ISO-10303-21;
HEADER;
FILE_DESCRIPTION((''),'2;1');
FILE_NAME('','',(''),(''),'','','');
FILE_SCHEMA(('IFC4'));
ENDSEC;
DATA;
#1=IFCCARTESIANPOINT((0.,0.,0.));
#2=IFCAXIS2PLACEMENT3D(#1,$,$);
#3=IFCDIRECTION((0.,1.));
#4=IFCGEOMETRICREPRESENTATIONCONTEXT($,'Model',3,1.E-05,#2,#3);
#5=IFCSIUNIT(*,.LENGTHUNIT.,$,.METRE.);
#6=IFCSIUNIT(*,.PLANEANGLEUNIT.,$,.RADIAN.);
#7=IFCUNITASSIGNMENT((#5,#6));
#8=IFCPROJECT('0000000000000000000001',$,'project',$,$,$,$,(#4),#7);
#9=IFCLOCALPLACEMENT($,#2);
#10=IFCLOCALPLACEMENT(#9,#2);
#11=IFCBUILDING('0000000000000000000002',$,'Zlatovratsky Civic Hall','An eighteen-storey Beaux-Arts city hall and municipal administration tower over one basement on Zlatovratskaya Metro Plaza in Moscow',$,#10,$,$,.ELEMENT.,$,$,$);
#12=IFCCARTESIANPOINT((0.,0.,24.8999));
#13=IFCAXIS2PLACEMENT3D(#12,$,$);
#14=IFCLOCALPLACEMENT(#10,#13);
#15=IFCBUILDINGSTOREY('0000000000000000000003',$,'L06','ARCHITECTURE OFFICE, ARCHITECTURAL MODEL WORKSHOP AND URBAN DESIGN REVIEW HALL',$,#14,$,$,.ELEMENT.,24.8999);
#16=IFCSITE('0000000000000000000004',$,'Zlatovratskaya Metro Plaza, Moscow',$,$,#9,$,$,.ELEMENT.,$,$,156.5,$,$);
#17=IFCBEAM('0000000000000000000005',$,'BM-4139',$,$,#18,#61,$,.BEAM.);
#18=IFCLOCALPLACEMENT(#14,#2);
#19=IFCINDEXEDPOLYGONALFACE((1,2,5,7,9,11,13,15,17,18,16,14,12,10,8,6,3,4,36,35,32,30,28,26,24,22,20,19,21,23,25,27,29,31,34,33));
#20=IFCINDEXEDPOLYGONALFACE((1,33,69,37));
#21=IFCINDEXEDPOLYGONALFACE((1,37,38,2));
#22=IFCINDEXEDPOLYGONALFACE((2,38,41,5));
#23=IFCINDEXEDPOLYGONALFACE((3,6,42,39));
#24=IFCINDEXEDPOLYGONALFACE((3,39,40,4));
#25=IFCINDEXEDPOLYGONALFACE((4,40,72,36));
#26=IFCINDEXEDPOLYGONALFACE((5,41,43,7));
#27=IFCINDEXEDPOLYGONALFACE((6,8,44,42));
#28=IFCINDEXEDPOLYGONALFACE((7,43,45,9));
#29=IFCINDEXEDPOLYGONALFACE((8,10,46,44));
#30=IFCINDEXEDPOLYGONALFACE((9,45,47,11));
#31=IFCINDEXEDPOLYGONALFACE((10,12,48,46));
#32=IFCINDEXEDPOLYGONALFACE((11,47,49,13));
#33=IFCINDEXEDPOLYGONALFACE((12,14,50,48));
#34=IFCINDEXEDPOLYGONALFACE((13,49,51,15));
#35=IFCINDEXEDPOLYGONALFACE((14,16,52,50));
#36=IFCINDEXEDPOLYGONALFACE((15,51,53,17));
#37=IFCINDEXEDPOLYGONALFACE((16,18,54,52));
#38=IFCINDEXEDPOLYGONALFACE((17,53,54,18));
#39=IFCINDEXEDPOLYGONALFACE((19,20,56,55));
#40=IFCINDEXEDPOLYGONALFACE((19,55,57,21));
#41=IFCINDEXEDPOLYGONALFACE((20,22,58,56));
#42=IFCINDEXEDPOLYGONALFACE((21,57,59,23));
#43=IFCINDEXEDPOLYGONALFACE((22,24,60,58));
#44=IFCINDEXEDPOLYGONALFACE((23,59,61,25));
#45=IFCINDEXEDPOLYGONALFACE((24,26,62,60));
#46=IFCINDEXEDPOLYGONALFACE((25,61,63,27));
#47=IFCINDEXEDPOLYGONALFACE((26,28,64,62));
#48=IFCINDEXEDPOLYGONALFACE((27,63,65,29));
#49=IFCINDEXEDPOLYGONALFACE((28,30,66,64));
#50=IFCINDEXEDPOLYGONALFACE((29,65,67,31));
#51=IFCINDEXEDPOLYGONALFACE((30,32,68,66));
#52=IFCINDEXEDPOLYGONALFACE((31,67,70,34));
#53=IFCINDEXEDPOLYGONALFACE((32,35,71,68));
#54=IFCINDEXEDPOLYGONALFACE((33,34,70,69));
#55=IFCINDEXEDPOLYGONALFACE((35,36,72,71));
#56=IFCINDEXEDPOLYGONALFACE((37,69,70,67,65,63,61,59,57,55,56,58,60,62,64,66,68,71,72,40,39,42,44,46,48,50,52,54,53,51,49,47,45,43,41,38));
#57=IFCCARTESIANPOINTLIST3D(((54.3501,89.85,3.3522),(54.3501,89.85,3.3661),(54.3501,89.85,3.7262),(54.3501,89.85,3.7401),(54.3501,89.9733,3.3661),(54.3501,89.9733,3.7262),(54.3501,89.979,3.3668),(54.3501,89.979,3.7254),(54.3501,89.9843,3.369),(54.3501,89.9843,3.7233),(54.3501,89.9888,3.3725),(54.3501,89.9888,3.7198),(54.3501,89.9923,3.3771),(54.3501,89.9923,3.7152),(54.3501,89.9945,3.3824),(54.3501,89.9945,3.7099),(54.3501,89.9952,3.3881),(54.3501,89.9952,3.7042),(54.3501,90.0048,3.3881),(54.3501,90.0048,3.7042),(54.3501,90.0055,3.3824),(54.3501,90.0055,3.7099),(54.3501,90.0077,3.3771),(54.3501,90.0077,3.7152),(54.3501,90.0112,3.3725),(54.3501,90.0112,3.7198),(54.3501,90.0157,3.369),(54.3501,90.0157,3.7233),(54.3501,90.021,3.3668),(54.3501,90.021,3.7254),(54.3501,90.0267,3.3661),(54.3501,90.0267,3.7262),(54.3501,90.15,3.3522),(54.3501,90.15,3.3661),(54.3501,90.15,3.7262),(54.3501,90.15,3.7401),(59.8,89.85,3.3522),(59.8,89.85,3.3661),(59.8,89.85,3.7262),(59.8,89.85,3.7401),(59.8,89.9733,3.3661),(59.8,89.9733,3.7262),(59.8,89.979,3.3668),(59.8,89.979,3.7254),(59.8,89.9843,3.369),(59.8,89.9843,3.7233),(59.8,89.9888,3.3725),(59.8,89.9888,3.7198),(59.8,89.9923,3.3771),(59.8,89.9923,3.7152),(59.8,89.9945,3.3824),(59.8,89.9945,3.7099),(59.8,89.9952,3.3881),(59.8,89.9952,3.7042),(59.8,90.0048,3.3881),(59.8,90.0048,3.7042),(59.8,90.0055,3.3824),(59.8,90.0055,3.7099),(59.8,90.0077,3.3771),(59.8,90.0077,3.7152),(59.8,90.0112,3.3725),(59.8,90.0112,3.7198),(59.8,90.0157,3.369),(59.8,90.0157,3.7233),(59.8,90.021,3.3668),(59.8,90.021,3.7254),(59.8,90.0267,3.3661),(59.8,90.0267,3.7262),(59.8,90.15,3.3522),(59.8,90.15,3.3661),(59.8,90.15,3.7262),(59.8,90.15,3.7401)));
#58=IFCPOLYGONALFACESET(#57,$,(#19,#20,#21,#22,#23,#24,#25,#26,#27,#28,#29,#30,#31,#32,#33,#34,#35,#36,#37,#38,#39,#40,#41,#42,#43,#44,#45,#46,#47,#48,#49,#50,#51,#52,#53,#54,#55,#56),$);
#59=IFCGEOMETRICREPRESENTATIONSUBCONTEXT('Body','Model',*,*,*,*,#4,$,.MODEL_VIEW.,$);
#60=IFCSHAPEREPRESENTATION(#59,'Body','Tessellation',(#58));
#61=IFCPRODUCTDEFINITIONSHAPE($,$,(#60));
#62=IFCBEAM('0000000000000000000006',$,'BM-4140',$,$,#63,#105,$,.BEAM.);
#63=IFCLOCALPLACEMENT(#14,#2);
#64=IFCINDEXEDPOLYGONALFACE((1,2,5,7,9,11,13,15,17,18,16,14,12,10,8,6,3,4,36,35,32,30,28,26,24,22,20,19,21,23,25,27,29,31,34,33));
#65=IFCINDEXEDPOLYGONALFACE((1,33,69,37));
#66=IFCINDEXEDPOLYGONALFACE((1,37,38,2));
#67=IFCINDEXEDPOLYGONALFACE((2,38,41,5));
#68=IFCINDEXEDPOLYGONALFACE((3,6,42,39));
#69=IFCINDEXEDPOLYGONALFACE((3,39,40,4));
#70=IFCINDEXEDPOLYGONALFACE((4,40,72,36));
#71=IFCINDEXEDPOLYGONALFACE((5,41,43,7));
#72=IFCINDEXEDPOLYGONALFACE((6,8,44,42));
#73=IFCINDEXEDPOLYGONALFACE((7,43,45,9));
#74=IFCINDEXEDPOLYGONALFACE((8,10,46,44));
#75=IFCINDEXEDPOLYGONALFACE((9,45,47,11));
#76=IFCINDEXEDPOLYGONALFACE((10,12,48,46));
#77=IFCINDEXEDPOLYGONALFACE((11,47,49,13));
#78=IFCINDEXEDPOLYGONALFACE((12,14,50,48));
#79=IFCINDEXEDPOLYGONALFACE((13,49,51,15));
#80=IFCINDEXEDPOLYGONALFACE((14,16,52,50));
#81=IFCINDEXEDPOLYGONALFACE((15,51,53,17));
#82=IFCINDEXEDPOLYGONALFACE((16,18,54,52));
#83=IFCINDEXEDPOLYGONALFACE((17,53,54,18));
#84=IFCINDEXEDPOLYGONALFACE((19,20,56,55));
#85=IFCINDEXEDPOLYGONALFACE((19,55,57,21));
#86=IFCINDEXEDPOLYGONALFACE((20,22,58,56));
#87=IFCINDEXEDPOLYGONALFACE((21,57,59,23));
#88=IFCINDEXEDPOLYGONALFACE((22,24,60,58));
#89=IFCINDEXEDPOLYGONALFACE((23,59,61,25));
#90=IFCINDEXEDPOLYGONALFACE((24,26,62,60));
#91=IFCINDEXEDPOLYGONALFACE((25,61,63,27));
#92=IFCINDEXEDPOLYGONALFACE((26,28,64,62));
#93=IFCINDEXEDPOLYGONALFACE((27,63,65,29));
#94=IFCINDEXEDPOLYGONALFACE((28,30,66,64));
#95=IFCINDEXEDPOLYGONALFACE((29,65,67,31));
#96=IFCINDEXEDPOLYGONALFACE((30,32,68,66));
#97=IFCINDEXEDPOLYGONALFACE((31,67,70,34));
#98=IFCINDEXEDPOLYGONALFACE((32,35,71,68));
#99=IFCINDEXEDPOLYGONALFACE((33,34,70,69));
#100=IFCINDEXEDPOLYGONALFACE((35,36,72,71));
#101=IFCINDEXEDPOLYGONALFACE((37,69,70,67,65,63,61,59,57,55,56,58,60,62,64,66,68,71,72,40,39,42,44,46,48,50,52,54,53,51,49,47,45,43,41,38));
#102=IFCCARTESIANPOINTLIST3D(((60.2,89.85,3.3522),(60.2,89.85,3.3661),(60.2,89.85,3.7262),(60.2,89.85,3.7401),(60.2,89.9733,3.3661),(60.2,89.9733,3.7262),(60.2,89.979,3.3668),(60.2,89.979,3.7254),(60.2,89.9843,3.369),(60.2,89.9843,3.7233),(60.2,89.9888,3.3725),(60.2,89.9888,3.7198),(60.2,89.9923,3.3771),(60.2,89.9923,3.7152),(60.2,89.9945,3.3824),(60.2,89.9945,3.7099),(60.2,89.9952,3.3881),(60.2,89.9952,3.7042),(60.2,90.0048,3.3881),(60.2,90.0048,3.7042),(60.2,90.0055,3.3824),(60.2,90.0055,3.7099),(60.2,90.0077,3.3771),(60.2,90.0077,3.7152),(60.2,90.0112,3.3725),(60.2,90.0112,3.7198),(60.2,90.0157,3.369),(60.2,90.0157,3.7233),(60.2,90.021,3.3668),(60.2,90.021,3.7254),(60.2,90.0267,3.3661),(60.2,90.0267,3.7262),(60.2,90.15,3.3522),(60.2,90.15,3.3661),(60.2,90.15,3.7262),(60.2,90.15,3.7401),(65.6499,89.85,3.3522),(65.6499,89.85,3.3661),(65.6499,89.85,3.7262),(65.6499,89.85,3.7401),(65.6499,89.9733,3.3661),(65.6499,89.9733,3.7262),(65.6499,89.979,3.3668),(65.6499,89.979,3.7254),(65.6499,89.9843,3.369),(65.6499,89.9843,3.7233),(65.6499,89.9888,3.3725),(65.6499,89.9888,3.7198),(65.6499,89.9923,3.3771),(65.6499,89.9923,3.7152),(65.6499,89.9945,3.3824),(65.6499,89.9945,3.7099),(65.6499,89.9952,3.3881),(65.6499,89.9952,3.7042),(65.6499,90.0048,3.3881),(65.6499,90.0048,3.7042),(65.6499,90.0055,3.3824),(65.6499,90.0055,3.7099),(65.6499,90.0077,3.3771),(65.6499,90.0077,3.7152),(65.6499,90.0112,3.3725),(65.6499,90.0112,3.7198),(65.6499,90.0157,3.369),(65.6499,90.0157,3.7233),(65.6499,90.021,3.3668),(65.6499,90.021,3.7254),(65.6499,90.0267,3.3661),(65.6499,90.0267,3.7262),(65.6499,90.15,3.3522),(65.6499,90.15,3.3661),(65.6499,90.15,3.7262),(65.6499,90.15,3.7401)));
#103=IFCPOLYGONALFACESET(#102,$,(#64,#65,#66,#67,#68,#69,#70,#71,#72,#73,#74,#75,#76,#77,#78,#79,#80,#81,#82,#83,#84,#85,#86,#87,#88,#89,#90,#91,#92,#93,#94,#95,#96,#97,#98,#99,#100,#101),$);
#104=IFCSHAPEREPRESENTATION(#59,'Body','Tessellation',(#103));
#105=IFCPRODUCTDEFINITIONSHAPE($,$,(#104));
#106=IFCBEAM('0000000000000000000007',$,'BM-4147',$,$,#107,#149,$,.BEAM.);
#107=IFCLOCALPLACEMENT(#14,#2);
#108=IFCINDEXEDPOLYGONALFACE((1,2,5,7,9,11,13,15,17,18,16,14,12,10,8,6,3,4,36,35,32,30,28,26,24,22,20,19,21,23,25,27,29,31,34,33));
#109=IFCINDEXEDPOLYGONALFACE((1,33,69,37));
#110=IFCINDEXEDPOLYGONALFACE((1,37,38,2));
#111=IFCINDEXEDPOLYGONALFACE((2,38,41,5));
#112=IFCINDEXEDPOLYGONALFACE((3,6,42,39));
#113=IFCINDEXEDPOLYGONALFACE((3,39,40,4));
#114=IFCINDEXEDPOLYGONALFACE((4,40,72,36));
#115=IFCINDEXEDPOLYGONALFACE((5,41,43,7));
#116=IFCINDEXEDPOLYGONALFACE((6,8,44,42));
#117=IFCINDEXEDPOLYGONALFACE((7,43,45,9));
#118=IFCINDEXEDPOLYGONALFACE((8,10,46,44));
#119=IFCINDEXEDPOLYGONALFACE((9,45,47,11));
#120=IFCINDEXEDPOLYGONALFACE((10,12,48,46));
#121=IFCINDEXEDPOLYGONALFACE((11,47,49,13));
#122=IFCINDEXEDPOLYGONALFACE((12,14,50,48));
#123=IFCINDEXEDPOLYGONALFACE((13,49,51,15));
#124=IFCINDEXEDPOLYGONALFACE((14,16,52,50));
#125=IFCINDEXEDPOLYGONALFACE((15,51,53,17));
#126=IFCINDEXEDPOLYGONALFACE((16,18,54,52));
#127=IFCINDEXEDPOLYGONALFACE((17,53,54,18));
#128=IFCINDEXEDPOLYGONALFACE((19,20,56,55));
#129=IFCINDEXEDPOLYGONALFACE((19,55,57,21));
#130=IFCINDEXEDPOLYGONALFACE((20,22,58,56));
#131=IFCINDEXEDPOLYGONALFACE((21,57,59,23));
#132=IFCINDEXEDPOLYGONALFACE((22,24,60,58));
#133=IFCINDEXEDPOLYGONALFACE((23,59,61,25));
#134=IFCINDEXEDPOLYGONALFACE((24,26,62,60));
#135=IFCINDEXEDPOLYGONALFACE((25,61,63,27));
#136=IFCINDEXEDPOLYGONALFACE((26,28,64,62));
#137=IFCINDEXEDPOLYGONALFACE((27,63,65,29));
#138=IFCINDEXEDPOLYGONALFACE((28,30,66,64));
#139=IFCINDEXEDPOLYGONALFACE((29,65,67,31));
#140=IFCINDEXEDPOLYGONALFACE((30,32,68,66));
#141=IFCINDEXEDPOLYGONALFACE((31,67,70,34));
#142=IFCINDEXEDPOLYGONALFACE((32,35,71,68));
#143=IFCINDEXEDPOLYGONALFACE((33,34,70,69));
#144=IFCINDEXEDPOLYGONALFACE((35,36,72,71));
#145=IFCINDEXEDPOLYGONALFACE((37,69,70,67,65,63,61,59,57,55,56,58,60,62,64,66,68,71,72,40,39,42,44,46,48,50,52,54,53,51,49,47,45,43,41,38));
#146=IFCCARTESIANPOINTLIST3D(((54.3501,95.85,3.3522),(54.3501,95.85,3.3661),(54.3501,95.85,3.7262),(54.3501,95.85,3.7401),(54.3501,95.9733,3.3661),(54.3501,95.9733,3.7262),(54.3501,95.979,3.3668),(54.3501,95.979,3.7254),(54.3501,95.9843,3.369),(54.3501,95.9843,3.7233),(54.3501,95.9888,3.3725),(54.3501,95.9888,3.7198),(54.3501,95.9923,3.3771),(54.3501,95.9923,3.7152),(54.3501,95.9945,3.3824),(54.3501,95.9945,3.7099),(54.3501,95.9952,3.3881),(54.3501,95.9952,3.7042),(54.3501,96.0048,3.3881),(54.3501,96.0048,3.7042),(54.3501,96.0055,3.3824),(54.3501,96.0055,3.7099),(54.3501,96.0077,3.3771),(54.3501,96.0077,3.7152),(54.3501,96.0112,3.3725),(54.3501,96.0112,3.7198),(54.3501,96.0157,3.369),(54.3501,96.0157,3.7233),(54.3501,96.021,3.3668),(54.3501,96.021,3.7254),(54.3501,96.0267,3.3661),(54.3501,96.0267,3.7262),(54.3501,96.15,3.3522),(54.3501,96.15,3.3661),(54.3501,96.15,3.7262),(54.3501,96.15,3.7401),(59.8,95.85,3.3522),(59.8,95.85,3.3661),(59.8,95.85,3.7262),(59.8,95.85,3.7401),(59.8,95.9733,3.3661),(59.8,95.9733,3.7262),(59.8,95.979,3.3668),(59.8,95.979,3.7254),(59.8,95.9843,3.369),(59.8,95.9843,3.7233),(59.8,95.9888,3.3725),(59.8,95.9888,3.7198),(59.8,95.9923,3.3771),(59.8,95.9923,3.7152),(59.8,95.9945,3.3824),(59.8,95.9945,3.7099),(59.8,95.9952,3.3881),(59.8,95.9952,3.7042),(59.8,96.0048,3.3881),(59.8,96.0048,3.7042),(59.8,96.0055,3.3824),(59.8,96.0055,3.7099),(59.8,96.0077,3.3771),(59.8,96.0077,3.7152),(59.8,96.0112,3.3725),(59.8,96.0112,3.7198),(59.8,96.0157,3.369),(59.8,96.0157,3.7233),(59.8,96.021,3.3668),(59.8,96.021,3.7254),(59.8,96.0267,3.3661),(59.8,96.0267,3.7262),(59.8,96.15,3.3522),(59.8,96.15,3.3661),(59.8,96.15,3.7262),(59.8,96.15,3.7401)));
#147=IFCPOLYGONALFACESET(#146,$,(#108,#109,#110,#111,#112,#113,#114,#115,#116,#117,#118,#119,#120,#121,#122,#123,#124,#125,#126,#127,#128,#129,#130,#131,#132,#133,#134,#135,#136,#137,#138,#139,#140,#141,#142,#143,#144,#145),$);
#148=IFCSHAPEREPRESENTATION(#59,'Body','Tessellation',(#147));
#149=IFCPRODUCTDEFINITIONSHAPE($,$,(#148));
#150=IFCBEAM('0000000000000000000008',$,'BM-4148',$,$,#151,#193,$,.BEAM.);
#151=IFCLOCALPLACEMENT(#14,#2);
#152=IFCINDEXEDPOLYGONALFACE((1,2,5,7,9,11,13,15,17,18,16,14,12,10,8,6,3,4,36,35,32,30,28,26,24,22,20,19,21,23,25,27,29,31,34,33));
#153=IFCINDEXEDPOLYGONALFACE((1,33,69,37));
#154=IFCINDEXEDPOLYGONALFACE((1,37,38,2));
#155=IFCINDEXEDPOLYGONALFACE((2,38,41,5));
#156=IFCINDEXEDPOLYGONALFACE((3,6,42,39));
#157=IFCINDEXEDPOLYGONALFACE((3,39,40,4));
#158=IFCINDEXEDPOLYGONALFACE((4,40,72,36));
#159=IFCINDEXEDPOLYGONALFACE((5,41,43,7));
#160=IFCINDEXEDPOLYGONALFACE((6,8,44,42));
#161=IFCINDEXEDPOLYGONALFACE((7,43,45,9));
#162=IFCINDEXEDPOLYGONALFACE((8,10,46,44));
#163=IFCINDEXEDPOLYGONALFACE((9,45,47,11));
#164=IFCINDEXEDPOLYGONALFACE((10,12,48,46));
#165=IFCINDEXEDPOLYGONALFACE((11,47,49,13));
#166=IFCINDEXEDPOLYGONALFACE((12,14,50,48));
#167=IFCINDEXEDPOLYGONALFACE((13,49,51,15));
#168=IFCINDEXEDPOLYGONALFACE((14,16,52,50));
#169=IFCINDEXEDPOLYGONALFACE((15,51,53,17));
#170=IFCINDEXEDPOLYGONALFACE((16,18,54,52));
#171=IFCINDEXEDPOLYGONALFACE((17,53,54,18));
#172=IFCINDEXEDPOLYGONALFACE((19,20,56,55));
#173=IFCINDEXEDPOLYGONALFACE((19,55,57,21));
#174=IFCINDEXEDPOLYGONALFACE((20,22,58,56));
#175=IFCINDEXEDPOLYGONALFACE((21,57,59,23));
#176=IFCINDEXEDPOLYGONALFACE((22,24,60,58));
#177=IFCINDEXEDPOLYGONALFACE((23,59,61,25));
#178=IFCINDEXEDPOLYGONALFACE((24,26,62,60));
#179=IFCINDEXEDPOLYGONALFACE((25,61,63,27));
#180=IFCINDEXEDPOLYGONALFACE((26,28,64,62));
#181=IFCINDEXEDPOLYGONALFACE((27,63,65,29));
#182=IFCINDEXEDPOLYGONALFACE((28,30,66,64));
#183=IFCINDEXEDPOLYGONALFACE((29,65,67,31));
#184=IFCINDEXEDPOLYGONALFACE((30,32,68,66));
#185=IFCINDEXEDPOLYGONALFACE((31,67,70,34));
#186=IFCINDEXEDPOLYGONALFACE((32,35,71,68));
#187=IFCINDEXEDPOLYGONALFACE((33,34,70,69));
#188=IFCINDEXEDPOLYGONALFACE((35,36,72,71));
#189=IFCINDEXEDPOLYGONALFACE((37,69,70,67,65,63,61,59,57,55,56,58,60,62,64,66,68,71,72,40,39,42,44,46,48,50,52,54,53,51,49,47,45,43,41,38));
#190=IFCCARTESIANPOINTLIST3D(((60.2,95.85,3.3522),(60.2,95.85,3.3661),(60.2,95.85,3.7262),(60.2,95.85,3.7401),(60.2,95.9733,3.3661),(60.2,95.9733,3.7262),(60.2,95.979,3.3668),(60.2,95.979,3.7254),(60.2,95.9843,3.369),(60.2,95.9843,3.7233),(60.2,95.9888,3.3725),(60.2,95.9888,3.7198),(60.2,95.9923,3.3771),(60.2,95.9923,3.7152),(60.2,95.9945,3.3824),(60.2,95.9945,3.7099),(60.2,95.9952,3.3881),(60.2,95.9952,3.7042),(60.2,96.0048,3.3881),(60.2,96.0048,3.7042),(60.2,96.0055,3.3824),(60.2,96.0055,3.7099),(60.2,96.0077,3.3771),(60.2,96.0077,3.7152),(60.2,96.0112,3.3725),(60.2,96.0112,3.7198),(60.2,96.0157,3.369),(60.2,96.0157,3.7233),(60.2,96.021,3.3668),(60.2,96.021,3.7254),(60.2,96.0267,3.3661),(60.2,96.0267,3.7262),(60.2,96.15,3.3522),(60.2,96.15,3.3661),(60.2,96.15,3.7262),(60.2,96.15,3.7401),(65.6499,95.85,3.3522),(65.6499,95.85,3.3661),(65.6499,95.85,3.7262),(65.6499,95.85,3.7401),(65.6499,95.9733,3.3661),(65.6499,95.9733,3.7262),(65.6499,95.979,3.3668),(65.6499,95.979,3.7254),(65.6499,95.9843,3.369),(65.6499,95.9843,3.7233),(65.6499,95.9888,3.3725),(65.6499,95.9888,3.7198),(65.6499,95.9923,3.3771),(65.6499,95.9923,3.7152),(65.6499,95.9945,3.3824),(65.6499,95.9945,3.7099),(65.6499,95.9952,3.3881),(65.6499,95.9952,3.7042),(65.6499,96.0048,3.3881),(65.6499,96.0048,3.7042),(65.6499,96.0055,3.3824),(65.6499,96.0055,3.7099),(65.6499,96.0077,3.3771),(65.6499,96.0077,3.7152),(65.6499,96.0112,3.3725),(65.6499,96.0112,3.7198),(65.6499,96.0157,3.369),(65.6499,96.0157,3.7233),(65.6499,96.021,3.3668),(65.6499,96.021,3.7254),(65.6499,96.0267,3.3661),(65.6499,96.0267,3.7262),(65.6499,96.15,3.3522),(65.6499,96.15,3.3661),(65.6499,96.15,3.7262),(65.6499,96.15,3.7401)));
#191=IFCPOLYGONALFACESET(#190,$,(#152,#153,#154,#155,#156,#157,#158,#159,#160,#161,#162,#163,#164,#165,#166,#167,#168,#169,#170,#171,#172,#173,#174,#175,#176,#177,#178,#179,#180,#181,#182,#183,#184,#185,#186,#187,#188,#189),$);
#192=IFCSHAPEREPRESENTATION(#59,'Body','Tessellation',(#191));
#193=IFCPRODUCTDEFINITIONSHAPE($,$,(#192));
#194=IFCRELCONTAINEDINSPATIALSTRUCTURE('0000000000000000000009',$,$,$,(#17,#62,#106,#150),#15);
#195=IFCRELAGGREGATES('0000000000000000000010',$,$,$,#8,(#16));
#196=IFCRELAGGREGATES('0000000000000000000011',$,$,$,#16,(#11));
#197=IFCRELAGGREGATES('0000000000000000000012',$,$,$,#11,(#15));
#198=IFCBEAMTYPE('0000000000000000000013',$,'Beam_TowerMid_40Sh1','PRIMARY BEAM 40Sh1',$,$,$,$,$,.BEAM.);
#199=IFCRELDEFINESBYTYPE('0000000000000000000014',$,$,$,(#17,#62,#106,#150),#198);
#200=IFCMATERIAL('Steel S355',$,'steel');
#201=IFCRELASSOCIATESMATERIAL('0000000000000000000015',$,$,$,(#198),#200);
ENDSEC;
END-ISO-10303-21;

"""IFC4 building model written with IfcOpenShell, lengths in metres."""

from ifc_helpers import new_model, si_unit, direction, frame, origin, origin_2d, place, context, subcontext, project, spatial, i_section, extrude, material, material_profile, profile_set, type_object, element, save


model = new_model("IFC4")

# Units and contexts
model_context = context("Model", 3, precision=1e-05, world=origin(), true_north=direction((0.0, 1.0)))
body_context = subcontext(model_context, "Body", "Model", "MODEL_VIEW")
ifc_project = project(units=[si_unit("LENGTHUNIT", "METRE"), si_unit("PLANEANGLEUNIT", "RADIAN")], contexts=[model_context])

# Site, building, storey
site_placement = place(None, origin())
site = spatial("IfcSite", under=ifc_project, at=site_placement, Name="Zlatovratskaya Metro Plaza, Moscow", CompositionType="ELEMENT", RefElevation=156.5)
building_placement = place(site_placement, origin())
building = spatial("IfcBuilding", under=site, at=building_placement, Name="Zlatovratsky Civic Hall", Description="An eighteen-storey Beaux-Arts city hall and municipal administration tower over one basement on Zlatovratskaya Metro Plaza in Moscow", CompositionType="ELEMENT")
storey_placement = place(building_placement, frame((0.0, 0.0, 24.8999)))
storey = spatial("IfcBuildingStorey", under=building, at=storey_placement, Name="L06", Description="ARCHITECTURE OFFICE, ARCHITECTURAL MODEL WORKSHOP AND URBAN DESIGN REVIEW HALL", CompositionType="ELEMENT", Elevation=24.8999)

# Shared definitions
ifc_material_1 = material(Name="Steel S355", Category="steel")

# Beams
ifc_material_profile_1 = material_profile(ifc_material_1, i_section(OverallWidth=0.3, OverallDepth=0.3879, WebThickness=0.0095, FlangeThickness=0.0139, FilletRadius=0.022, at=origin_2d()), Name="40Sh1")
ifc_profile_set_1 = profile_set([ifc_material_profile_1], Name="Steel S355")
beam_type_1 = type_object("IfcBeamType", Name="Beam_TowerMid_40Sh1", Description="PRIMARY BEAM 40Sh1", PredefinedType="BEAM", material=ifc_profile_set_1)
for number, where, z_axis, x_axis, name in (
    (1, (54.3501, 90.0, 3.5461), (1.0, 0.0, 0.0), (0.0, 1.0, 0.0), "BM-4139"),
    (2, (60.2, 90.0, 3.5461), (1.0, 0.0, 0.0), (0.0, 1.0, 0.0), "BM-4140"),
    (3, (54.3501, 96.0, 3.5461), (1.0, 0.0, 0.0), (0.0, 1.0, 0.0), "BM-4147"),
    (4, (60.2, 96.0, 3.5461), (1.0, 0.0, 0.0), (0.0, 1.0, 0.0), "BM-4148"),
):
    element("IfcBeam", number, at=place(storey_placement, frame(where, z_axis=z_axis, x_axis=x_axis)), inside=storey, type_object=beam_type_1, Name=name, PredefinedType="BEAM", context=body_context, shape_type="SweptSolid", body=[
        extrude(i_section(OverallWidth=0.3, OverallDepth=0.3879, WebThickness=0.0095, FlangeThickness=0.0139, FilletRadius=0.022, at=origin_2d()), origin(), (0.0, 0.0, 1.0), 5.45),
    ])

save(model, "model.ifc")
